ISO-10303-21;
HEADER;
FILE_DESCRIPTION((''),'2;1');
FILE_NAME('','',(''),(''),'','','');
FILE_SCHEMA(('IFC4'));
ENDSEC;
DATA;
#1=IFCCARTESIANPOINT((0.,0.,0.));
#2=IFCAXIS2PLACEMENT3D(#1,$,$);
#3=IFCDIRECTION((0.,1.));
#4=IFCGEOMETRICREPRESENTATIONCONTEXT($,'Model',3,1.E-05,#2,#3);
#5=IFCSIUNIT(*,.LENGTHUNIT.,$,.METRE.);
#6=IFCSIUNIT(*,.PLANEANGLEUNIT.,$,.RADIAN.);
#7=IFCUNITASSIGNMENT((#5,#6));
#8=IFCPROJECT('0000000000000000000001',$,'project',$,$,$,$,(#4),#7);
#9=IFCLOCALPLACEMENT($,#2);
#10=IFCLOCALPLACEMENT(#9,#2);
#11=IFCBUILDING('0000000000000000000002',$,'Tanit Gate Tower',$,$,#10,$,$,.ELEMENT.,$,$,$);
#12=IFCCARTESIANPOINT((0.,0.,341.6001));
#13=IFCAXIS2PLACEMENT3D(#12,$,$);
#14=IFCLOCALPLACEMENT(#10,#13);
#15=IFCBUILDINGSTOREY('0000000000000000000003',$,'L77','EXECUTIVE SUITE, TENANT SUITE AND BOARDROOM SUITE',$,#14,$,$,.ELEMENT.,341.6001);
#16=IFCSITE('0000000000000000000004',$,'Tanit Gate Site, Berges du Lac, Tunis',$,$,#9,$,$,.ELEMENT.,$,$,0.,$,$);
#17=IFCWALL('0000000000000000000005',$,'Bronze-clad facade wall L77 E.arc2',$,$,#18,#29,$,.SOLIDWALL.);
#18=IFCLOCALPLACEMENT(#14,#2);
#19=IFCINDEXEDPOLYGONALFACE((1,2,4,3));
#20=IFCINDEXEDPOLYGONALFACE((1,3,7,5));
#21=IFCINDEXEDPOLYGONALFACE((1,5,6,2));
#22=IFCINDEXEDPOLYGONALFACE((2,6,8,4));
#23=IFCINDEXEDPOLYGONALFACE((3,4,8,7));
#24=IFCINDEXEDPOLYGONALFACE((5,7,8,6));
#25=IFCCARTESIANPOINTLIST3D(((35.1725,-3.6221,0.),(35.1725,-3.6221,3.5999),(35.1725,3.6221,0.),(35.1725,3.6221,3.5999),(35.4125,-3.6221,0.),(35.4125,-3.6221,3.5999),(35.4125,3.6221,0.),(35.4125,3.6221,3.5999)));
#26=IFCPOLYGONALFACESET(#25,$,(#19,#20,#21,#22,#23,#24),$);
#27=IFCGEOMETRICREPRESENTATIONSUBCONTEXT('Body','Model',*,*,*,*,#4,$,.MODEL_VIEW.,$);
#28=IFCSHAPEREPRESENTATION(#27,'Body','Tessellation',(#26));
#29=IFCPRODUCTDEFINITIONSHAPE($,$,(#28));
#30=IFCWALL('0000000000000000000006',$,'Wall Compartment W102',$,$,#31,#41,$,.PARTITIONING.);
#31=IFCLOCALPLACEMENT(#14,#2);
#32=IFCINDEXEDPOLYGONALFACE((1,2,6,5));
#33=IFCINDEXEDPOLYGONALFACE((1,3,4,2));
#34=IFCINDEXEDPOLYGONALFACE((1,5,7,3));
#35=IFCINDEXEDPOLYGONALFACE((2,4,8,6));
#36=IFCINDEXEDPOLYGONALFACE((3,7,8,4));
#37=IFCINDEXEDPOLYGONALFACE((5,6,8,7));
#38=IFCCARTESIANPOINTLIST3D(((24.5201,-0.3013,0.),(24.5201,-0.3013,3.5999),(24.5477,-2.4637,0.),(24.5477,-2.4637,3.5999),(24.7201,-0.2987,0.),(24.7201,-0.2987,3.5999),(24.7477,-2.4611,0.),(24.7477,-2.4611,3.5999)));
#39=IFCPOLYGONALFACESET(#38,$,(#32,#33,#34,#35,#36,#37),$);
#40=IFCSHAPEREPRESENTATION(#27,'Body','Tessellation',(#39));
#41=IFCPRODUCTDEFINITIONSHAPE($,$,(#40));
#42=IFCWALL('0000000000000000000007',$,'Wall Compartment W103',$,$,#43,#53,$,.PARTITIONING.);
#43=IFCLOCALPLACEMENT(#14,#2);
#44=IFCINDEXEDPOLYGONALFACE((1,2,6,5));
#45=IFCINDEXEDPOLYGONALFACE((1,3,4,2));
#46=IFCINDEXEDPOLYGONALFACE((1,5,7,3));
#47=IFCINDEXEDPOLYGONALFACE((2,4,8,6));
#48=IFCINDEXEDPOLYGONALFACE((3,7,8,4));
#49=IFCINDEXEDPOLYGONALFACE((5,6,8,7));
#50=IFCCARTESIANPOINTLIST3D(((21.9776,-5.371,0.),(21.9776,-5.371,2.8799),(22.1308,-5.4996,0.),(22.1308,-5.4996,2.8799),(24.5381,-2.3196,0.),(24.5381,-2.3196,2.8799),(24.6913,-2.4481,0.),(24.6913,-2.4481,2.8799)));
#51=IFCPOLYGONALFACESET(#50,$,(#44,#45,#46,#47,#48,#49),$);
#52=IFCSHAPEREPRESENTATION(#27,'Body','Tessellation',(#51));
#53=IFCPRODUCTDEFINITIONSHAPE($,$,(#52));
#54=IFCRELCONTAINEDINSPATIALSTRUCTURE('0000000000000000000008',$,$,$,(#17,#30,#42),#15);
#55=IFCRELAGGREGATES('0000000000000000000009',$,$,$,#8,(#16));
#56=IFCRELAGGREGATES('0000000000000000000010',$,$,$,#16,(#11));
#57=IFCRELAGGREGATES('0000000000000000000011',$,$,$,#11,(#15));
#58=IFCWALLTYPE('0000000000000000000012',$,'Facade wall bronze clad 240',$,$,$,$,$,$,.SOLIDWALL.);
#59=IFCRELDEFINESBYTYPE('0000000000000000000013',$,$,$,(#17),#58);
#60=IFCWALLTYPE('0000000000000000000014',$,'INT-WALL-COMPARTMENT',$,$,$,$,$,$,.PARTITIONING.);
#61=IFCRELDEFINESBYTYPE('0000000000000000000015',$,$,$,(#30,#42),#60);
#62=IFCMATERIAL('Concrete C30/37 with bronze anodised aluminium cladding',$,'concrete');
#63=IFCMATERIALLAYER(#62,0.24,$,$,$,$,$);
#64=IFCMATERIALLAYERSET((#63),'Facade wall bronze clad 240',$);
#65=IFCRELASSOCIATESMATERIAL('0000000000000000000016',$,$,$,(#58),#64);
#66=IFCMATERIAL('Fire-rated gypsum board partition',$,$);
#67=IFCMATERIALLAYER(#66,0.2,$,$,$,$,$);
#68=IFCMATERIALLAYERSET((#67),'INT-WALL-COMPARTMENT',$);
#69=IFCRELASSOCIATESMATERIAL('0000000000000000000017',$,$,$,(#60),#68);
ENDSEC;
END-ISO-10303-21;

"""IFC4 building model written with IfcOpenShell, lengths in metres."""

from ifc_helpers import new_model, si_unit, direction, frame, frame_2d, origin, place, context, subcontext, project, spatial, rectangle, extrude, material, layer, layer_set, type_object, element, save


model = new_model("IFC4")

# Units and contexts
model_context = context("Model", 3, precision=1e-05, world=origin(), true_north=direction((0.0, 1.0)))
body_context = subcontext(model_context, "Body", "Model", "MODEL_VIEW")
ifc_project = project(units=[si_unit("LENGTHUNIT", "METRE"), si_unit("PLANEANGLEUNIT", "RADIAN")], contexts=[model_context])

# Site, building, storey
site_placement = place(None, origin())
site = spatial("IfcSite", under=ifc_project, at=site_placement, Name="Tanit Gate Site, Berges du Lac, Tunis", CompositionType="ELEMENT", RefElevation=0.0)
building_placement = place(site_placement, origin())
building = spatial("IfcBuilding", under=site, at=building_placement, Name="Tanit Gate Tower", CompositionType="ELEMENT")
storey_placement = place(building_placement, frame((0.0, 0.0, 341.6001)))
storey = spatial("IfcBuildingStorey", under=building, at=storey_placement, Name="L77", Description="EXECUTIVE SUITE, TENANT SUITE AND BOARDROOM SUITE", CompositionType="ELEMENT", Elevation=341.6001)

# Walls
ifc_material_1 = material(Name="Concrete C30/37 with bronze anodised aluminium cladding", Category="concrete")
ifc_layer_1 = layer(ifc_material_1, 0.24)
ifc_layer_set_1 = layer_set([ifc_layer_1], Name="Facade wall bronze clad 240")
wall_type_1 = type_object("IfcWallType", Name="Facade wall bronze clad 240", PredefinedType="SOLIDWALL", material=ifc_layer_set_1)
wall_1_placement = place(storey_placement, frame((35.2925, -3.6221, 0.0), z_axis=(0.0, 0.0, 1.0), x_axis=(0.0, 1.0, 0.0)))
element("IfcWall", 1, at=wall_1_placement, inside=storey, type_object=wall_type_1, Name="Bronze-clad facade wall L77 E.arc2", PredefinedType="SOLIDWALL", context=body_context, shape_type="SweptSolid", body=[
    extrude(rectangle(XDim=7.2441, YDim=0.24, at=frame_2d((3.6221, 0.0))), origin(), (0.0, 0.0, 1.0), 3.5999),
])
ifc_material_2 = material(Name="Fire-rated gypsum board partition")
ifc_layer_2 = layer(ifc_material_2, 0.2)
ifc_layer_set_2 = layer_set([ifc_layer_2], Name="INT-WALL-COMPARTMENT")
wall_type_2 = type_object("IfcWallType", Name="INT-WALL-COMPARTMENT", PredefinedType="PARTITIONING", material=ifc_layer_set_2)
wall_2_placement = place(storey_placement, frame((24.6477, -2.4624, 0.0), z_axis=(0.0, 0.0, 1.0), x_axis=(-0.012757, 0.999919, 0.0)))
element("IfcWall", 2, at=wall_2_placement, inside=storey, type_object=wall_type_2, Name="Wall Compartment W102", PredefinedType="PARTITIONING", context=body_context, shape_type="SweptSolid", body=[
    extrude(rectangle(XDim=2.1626, YDim=0.2, at=frame_2d((1.0813, 0.0))), origin(), (0.0, 0.0, 1.0), 3.5999),
])
wall_3_placement = place(storey_placement, frame((22.0542, -5.4353, 0.0), z_axis=(0.0, 0.0, 1.0), x_axis=(0.642791, 0.766042, 0.0)))
element("IfcWall", 3, at=wall_3_placement, inside=storey, type_object=wall_type_2, Name="Wall Compartment W103", PredefinedType="PARTITIONING", context=body_context, shape_type="SweptSolid", body=[
    extrude(rectangle(XDim=3.9834, YDim=0.2, at=frame_2d((1.9917, 0.0))), origin(), (0.0, 0.0, 1.0), 2.8799),
])

save(model, "model.ifc")
